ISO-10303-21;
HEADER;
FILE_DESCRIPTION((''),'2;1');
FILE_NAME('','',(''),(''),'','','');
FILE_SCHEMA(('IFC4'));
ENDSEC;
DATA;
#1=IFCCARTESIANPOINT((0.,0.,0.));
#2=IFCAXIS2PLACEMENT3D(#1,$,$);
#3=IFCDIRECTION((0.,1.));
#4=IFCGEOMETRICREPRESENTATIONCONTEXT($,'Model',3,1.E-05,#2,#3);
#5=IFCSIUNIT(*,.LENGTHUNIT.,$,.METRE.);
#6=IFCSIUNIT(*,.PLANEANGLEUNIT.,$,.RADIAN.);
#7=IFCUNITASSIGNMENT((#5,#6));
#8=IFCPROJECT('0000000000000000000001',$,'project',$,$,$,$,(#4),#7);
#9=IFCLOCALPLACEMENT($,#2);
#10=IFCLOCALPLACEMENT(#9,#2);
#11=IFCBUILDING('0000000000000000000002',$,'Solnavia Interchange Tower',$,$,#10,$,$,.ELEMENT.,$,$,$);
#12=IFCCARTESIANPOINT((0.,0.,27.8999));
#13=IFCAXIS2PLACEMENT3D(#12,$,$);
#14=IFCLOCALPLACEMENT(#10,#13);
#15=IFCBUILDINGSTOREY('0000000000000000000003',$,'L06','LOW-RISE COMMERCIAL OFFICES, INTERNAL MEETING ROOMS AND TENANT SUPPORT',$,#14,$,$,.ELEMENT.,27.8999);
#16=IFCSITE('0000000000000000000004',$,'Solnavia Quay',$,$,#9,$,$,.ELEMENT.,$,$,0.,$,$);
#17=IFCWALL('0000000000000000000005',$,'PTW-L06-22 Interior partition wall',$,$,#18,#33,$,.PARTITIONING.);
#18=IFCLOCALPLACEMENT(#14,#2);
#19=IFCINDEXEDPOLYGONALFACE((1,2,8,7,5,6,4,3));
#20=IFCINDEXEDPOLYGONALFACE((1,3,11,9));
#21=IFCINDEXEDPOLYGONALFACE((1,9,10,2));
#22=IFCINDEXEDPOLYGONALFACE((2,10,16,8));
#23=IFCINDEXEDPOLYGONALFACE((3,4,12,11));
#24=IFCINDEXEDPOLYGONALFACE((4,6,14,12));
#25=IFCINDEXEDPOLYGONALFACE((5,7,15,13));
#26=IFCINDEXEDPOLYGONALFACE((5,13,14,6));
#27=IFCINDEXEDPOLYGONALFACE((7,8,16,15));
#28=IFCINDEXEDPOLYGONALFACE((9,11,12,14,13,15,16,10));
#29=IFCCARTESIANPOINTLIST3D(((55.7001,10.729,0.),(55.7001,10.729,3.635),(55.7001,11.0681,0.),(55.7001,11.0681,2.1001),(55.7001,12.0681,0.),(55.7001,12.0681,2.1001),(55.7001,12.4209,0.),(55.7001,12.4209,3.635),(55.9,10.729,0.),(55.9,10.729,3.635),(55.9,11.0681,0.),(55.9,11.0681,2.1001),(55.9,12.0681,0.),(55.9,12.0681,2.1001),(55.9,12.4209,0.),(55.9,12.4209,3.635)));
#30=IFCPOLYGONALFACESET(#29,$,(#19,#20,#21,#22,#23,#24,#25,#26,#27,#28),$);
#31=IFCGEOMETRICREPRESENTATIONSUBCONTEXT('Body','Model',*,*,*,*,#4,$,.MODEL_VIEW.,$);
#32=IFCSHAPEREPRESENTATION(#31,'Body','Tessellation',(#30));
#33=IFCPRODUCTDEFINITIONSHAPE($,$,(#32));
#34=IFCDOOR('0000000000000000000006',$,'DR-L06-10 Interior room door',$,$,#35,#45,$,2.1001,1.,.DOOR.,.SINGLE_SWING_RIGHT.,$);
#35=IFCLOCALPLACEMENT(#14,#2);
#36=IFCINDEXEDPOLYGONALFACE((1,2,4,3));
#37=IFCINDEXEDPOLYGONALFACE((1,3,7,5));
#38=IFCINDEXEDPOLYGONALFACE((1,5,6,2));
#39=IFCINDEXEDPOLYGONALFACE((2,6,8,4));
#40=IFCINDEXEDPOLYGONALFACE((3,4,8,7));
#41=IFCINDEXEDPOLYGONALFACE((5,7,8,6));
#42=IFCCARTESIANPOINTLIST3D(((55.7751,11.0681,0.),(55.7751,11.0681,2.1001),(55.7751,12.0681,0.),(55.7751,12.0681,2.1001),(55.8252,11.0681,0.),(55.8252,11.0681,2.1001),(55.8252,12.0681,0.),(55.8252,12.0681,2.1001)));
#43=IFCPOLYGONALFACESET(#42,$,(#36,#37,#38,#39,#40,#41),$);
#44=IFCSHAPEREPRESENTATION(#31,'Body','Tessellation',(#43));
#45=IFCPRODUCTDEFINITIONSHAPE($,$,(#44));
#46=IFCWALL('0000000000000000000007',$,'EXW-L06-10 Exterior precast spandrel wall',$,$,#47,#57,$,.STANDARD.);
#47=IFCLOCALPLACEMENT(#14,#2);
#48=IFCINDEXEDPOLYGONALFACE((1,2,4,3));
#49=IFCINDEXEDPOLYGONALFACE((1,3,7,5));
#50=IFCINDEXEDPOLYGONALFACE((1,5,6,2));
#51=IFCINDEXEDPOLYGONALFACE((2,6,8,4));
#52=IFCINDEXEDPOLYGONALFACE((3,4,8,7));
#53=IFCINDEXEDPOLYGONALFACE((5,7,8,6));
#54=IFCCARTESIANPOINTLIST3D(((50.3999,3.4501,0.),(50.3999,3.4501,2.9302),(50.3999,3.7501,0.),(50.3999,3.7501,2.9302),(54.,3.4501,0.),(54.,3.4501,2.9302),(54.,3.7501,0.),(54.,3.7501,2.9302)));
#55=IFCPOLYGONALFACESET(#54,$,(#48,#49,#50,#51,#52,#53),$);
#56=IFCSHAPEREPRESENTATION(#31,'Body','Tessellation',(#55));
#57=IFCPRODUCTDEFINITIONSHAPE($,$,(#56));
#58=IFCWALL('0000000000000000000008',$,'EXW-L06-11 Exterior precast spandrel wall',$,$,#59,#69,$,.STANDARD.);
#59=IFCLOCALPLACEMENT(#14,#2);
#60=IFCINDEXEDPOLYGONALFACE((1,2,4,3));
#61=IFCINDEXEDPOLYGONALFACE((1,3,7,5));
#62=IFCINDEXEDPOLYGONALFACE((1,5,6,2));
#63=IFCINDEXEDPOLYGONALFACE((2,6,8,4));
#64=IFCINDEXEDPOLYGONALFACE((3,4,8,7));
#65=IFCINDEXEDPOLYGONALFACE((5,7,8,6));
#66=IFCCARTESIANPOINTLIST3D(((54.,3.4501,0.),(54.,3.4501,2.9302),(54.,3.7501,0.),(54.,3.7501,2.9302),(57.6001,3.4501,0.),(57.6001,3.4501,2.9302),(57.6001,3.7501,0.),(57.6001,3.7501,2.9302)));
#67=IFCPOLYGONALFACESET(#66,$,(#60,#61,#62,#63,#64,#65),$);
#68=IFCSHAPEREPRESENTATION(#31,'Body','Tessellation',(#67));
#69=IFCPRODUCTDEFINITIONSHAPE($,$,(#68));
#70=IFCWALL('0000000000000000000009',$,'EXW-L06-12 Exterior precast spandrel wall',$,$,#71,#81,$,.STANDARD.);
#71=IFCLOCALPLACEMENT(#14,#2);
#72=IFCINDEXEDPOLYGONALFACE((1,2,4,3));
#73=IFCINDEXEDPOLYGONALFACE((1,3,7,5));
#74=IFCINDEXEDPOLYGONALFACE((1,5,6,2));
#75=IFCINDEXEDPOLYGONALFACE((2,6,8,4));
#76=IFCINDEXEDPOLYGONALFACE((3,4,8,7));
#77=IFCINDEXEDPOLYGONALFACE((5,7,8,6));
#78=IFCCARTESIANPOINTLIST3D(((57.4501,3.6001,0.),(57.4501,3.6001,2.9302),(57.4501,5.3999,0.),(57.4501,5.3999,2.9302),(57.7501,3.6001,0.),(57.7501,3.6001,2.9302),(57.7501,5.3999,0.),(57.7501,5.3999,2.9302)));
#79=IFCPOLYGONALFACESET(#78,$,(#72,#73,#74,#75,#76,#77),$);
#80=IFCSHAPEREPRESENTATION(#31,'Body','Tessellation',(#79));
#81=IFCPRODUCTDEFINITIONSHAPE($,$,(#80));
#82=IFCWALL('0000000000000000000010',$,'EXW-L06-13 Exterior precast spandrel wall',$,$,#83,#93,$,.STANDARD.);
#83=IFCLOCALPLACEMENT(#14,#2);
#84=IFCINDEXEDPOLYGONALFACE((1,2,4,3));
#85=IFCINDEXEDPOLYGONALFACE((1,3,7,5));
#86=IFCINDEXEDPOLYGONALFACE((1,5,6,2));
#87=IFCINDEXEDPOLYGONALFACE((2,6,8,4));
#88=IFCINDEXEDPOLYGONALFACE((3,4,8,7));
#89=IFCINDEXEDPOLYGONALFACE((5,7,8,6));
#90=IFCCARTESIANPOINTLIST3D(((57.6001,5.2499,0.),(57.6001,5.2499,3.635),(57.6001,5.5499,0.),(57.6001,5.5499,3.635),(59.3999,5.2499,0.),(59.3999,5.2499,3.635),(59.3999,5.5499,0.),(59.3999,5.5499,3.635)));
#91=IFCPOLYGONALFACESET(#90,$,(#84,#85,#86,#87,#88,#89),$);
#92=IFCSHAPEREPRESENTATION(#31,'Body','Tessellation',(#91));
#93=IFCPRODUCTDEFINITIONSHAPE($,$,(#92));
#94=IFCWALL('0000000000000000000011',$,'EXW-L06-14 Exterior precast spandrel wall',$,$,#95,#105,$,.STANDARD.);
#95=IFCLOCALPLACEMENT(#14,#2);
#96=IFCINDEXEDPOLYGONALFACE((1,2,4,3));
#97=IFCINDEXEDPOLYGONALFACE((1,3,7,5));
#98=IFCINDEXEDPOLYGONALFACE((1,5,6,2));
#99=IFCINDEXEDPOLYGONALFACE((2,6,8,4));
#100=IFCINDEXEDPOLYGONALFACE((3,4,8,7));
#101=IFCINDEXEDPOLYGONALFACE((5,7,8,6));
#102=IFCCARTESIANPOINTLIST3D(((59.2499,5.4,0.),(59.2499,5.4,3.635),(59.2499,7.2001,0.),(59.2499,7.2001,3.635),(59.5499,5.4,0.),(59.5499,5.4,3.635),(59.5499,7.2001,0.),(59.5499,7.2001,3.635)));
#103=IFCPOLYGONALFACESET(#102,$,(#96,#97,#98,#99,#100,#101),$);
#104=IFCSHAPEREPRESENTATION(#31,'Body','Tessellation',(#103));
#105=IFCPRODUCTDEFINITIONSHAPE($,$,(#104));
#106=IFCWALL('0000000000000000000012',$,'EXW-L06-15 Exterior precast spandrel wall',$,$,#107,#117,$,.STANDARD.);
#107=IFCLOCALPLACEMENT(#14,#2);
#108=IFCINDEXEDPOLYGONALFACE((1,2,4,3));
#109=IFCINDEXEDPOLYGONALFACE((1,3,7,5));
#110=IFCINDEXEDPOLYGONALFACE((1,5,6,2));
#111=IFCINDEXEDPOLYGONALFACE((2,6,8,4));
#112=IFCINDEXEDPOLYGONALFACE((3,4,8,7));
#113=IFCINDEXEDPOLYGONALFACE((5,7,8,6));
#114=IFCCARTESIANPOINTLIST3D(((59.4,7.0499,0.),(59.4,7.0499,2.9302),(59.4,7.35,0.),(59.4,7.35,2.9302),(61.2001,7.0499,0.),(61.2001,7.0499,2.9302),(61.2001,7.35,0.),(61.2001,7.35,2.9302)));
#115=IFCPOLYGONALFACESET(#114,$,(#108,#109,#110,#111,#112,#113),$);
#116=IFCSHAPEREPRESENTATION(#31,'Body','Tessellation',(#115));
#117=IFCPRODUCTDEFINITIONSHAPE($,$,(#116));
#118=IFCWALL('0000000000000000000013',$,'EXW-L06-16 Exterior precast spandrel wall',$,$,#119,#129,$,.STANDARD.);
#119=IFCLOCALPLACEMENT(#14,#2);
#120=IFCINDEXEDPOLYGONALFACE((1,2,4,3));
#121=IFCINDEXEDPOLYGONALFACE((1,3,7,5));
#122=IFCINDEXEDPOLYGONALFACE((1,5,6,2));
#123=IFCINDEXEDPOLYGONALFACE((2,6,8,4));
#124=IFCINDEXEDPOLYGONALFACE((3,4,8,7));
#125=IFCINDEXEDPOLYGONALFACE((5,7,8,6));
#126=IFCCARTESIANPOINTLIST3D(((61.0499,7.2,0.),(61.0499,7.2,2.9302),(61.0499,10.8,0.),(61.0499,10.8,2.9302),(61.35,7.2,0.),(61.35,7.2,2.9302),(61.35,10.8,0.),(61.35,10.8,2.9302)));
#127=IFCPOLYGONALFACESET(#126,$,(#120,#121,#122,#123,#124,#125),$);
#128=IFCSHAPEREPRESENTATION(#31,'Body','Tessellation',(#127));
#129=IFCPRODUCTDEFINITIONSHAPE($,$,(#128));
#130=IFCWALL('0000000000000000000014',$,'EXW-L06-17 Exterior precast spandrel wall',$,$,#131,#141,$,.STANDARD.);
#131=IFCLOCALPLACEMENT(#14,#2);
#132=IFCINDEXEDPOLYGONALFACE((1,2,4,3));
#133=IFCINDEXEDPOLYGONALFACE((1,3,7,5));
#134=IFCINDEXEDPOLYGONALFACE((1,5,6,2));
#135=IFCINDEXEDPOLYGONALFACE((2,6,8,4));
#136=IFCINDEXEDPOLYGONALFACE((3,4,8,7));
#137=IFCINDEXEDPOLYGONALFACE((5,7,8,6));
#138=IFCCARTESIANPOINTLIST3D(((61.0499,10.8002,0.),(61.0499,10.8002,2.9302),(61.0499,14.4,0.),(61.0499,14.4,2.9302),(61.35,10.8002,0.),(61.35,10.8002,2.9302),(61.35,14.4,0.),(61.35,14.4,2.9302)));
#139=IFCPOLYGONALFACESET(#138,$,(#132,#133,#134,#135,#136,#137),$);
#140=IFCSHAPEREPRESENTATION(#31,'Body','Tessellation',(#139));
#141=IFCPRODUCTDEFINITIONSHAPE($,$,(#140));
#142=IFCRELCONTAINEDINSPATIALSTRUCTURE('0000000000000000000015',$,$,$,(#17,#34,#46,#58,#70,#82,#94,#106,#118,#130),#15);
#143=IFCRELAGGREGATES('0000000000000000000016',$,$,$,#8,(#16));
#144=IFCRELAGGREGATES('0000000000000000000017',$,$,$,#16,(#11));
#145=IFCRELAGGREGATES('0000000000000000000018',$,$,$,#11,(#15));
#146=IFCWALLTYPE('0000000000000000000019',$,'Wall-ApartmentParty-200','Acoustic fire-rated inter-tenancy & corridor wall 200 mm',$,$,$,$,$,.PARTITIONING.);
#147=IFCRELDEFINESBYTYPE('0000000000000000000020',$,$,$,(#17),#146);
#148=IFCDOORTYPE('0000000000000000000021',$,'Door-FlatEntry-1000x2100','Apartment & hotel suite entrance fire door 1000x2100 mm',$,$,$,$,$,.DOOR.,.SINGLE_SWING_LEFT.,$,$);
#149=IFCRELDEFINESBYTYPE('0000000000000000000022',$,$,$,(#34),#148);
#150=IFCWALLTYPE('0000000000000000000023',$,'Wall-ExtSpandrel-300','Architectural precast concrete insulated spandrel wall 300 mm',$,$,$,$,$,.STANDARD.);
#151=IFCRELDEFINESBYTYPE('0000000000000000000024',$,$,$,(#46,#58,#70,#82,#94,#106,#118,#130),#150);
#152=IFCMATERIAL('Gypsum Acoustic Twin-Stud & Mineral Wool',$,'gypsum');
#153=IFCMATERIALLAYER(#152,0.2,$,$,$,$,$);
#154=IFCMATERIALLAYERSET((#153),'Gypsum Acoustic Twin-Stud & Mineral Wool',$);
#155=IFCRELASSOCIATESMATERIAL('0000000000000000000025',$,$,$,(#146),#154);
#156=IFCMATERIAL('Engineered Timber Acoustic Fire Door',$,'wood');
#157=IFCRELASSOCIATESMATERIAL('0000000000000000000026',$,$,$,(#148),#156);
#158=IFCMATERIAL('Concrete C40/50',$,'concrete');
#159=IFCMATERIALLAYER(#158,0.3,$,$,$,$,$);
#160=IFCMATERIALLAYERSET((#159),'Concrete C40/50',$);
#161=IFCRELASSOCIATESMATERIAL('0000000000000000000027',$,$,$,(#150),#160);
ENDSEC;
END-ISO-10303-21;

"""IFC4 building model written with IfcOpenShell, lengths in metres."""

from ifc_helpers import new_model, si_unit, direction, frame, frame_2d, origin, place, context, subcontext, project, spatial, rectangle, extrude, material, layer, layer_set, type_object, element, fill, save


model = new_model("IFC4")

# Units and contexts
model_context = context("Model", 3, precision=1e-05, world=origin(), true_north=direction((0.0, 1.0)))
body_context = subcontext(model_context, "Body", "Model", "MODEL_VIEW")
ifc_project = project(units=[si_unit("LENGTHUNIT", "METRE"), si_unit("PLANEANGLEUNIT", "RADIAN")], contexts=[model_context])

# Site, building, storey
site_placement = place(None, origin())
site = spatial("IfcSite", under=ifc_project, at=site_placement, Name="Solnavia Quay", CompositionType="ELEMENT", RefElevation=0.0)
building_placement = place(site_placement, origin())
building = spatial("IfcBuilding", under=site, at=building_placement, Name="Solnavia Interchange Tower", CompositionType="ELEMENT")
storey_placement = place(building_placement, frame((0.0, 0.0, 27.8999)))
storey = spatial("IfcBuildingStorey", under=building, at=storey_placement, Name="L06", Description="LOW-RISE COMMERCIAL OFFICES, INTERNAL MEETING ROOMS AND TENANT SUPPORT", CompositionType="ELEMENT", Elevation=27.8999)

# Shared definitions
ifc_material_1 = material(Name="Gypsum Acoustic Twin-Stud & Mineral Wool", Category="gypsum")
ifc_layer_1 = layer(ifc_material_1, 0.2)
ifc_layer_set_1 = layer_set([ifc_layer_1], Name="Gypsum Acoustic Twin-Stud & Mineral Wool")
wall_type_1 = type_object("IfcWallType", Name="Wall-ApartmentParty-200", Description="Acoustic fire-rated inter-tenancy & corridor wall 200 mm", PredefinedType="PARTITIONING", material=ifc_layer_set_1)

# Wall, opening, door
wall_1_placement = place(storey_placement, frame((55.8, 10.729, 0.0), z_axis=(0.0, 0.0, 1.0), x_axis=(0.0, 1.0, 0.0)))
wall_1 = element("IfcWall", 1, at=wall_1_placement, inside=storey, type_object=wall_type_1, Name="PTW-L06-22 Interior partition wall", PredefinedType="PARTITIONING", context=body_context, shape_type="SweptSolid", body=[
    extrude(rectangle(XDim=1.6919, YDim=0.2, at=frame_2d((0.8459, 0.0))), origin(), (0.0, 0.0, 1.0), 3.635),
])
opening_placement = place(wall_1_placement, frame((0.3391, 0.0, 0.0)))
opening = element("IfcOpeningElement", 2, at=opening_placement, cuts=wall_1, PredefinedType="OPENING", context=body_context, shape_type="SweptSolid", body=[
    extrude(rectangle(XDim=1.0, YDim=2.1001, at=frame_2d((0.5, 1.05))), frame((0.0, 0.1099, 0.0), z_axis=(0.0, -1.0, 0.0), x_axis=(1.0, 0.0, 0.0)), (0.0, 0.0, 1.0), 0.22),
])
ifc_material_2 = material(Name="Engineered Timber Acoustic Fire Door", Category="wood")
door_type = type_object("IfcDoorType", Name="Door-FlatEntry-1000x2100", Description="Apartment & hotel suite entrance fire door 1000x2100 mm", OperationType="SINGLE_SWING_LEFT", PredefinedType="DOOR", material=ifc_material_2)
door_placement = place(opening_placement, origin())
door = element("IfcDoor", 3, at=door_placement, inside=storey, type_object=door_type, Name="DR-L06-10 Interior room door", OperationType="SINGLE_SWING_RIGHT", OverallHeight=2.1001, OverallWidth=1.0, PredefinedType="DOOR", context=body_context, shape_type="SweptSolid", body=[
    extrude(rectangle(XDim=1.0, YDim=2.1001, at=frame_2d((0.5, 1.05))), frame((0.0, 0.0249, 0.0), z_axis=(0.0, -1.0, 0.0), x_axis=(1.0, 0.0, 0.0)), (0.0, 0.0, 1.0), 0.05),
])
fill(opening, door)

# Walls
ifc_material_3 = material(Name="Concrete C40/50", Category="concrete")
ifc_layer_2 = layer(ifc_material_3, 0.3)
ifc_layer_set_2 = layer_set([ifc_layer_2], Name="Concrete C40/50")
wall_type_2 = type_object("IfcWallType", Name="Wall-ExtSpandrel-300", Description="Architectural precast concrete insulated spandrel wall 300 mm", PredefinedType="STANDARD", material=ifc_layer_set_2)
for number, where, z_axis, x_axis, name in (
    (4, (54.0, 3.6001, 0.0), (0.0, 0.0, 1.0), (-1.0, 0.0, 0.0), "EXW-L06-10 Exterior precast spandrel wall"),
    (5, (57.6001, 3.6001, 0.0), (0.0, 0.0, 1.0), (-1.0, 0.0, 0.0), "EXW-L06-11 Exterior precast spandrel wall"),
):
    element("IfcWall", number, at=place(storey_placement, frame(where, z_axis=z_axis, x_axis=x_axis)), inside=storey, type_object=wall_type_2, Name=name, PredefinedType="STANDARD", context=body_context, shape_type="SweptSolid", body=[
        extrude(rectangle(XDim=3.6001, YDim=0.3, at=frame_2d((1.8, 0.0))), origin(), (0.0, 0.0, 1.0), 2.9302),
    ])
wall_2_placement = place(storey_placement, frame((57.6001, 5.3999, 0.0), z_axis=(0.0, 0.0, 1.0), x_axis=(0.0, -1.0, 0.0)))
element("IfcWall", 6, at=wall_2_placement, inside=storey, type_object=wall_type_2, Name="EXW-L06-12 Exterior precast spandrel wall", PredefinedType="STANDARD", context=body_context, shape_type="SweptSolid", body=[
    extrude(rectangle(XDim=1.7998, YDim=0.3, at=frame_2d((0.8999, 0.0))), origin(), (0.0, 0.0, 1.0), 2.9302),
])
wall_3_placement = place(storey_placement, frame((59.3999, 5.3999, 0.0), z_axis=(0.0, 0.0, 1.0), x_axis=(-1.0, 0.0, 0.0)))
element("IfcWall", 7, at=wall_3_placement, inside=storey, type_object=wall_type_2, Name="EXW-L06-13 Exterior precast spandrel wall", PredefinedType="STANDARD", context=body_context, shape_type="SweptSolid", body=[
    extrude(rectangle(XDim=1.7998, YDim=0.3, at=frame_2d((0.8999, 0.0))), origin(), (0.0, 0.0, 1.0), 3.635),
])
wall_4_placement = place(storey_placement, frame((59.3999, 7.2, 0.0), z_axis=(0.0, 0.0, 1.0), x_axis=(0.0, -1.0, 0.0)))
element("IfcWall", 8, at=wall_4_placement, inside=storey, type_object=wall_type_2, Name="EXW-L06-14 Exterior precast spandrel wall", PredefinedType="STANDARD", context=body_context, shape_type="SweptSolid", body=[
    extrude(rectangle(XDim=1.8, YDim=0.3, at=frame_2d((0.8999, 0.0))), origin(), (0.0, 0.0, 1.0), 3.635),
])
wall_5_placement = place(storey_placement, frame((61.2, 7.2, 0.0), z_axis=(0.0, 0.0, 1.0), x_axis=(-1.0, 0.0, 0.0)))
element("IfcWall", 9, at=wall_5_placement, inside=storey, type_object=wall_type_2, Name="EXW-L06-15 Exterior precast spandrel wall", PredefinedType="STANDARD", context=body_context, shape_type="SweptSolid", body=[
    extrude(rectangle(XDim=1.8, YDim=0.3, at=frame_2d((0.8999, 0.0))), origin(), (0.0, 0.0, 1.0), 2.9302),
])
wall_6_placement = place(storey_placement, frame((61.2, 10.8, 0.0), z_axis=(0.0, 0.0, 1.0), x_axis=(0.0, -1.0, 0.0)))
element("IfcWall", 10, at=wall_6_placement, inside=storey, type_object=wall_type_2, Name="EXW-L06-16 Exterior precast spandrel wall", PredefinedType="STANDARD", context=body_context, shape_type="SweptSolid", body=[
    extrude(rectangle(XDim=3.6001, YDim=0.3, at=frame_2d((1.8, 0.0))), origin(), (0.0, 0.0, 1.0), 2.9302),
])
wall_7_placement = place(storey_placement, frame((61.2, 14.3999, 0.0), z_axis=(0.0, 0.0, 1.0), x_axis=(0.0, -1.0, 0.0)))
element("IfcWall", 11, at=wall_7_placement, inside=storey, type_object=wall_type_2, Name="EXW-L06-17 Exterior precast spandrel wall", PredefinedType="STANDARD", context=body_context, shape_type="SweptSolid", body=[
    extrude(rectangle(XDim=3.5999, YDim=0.3, at=frame_2d((1.7998, 0.0))), origin(), (0.0, 0.0, 1.0), 2.9302),
])

save(model, "model.ifc")
